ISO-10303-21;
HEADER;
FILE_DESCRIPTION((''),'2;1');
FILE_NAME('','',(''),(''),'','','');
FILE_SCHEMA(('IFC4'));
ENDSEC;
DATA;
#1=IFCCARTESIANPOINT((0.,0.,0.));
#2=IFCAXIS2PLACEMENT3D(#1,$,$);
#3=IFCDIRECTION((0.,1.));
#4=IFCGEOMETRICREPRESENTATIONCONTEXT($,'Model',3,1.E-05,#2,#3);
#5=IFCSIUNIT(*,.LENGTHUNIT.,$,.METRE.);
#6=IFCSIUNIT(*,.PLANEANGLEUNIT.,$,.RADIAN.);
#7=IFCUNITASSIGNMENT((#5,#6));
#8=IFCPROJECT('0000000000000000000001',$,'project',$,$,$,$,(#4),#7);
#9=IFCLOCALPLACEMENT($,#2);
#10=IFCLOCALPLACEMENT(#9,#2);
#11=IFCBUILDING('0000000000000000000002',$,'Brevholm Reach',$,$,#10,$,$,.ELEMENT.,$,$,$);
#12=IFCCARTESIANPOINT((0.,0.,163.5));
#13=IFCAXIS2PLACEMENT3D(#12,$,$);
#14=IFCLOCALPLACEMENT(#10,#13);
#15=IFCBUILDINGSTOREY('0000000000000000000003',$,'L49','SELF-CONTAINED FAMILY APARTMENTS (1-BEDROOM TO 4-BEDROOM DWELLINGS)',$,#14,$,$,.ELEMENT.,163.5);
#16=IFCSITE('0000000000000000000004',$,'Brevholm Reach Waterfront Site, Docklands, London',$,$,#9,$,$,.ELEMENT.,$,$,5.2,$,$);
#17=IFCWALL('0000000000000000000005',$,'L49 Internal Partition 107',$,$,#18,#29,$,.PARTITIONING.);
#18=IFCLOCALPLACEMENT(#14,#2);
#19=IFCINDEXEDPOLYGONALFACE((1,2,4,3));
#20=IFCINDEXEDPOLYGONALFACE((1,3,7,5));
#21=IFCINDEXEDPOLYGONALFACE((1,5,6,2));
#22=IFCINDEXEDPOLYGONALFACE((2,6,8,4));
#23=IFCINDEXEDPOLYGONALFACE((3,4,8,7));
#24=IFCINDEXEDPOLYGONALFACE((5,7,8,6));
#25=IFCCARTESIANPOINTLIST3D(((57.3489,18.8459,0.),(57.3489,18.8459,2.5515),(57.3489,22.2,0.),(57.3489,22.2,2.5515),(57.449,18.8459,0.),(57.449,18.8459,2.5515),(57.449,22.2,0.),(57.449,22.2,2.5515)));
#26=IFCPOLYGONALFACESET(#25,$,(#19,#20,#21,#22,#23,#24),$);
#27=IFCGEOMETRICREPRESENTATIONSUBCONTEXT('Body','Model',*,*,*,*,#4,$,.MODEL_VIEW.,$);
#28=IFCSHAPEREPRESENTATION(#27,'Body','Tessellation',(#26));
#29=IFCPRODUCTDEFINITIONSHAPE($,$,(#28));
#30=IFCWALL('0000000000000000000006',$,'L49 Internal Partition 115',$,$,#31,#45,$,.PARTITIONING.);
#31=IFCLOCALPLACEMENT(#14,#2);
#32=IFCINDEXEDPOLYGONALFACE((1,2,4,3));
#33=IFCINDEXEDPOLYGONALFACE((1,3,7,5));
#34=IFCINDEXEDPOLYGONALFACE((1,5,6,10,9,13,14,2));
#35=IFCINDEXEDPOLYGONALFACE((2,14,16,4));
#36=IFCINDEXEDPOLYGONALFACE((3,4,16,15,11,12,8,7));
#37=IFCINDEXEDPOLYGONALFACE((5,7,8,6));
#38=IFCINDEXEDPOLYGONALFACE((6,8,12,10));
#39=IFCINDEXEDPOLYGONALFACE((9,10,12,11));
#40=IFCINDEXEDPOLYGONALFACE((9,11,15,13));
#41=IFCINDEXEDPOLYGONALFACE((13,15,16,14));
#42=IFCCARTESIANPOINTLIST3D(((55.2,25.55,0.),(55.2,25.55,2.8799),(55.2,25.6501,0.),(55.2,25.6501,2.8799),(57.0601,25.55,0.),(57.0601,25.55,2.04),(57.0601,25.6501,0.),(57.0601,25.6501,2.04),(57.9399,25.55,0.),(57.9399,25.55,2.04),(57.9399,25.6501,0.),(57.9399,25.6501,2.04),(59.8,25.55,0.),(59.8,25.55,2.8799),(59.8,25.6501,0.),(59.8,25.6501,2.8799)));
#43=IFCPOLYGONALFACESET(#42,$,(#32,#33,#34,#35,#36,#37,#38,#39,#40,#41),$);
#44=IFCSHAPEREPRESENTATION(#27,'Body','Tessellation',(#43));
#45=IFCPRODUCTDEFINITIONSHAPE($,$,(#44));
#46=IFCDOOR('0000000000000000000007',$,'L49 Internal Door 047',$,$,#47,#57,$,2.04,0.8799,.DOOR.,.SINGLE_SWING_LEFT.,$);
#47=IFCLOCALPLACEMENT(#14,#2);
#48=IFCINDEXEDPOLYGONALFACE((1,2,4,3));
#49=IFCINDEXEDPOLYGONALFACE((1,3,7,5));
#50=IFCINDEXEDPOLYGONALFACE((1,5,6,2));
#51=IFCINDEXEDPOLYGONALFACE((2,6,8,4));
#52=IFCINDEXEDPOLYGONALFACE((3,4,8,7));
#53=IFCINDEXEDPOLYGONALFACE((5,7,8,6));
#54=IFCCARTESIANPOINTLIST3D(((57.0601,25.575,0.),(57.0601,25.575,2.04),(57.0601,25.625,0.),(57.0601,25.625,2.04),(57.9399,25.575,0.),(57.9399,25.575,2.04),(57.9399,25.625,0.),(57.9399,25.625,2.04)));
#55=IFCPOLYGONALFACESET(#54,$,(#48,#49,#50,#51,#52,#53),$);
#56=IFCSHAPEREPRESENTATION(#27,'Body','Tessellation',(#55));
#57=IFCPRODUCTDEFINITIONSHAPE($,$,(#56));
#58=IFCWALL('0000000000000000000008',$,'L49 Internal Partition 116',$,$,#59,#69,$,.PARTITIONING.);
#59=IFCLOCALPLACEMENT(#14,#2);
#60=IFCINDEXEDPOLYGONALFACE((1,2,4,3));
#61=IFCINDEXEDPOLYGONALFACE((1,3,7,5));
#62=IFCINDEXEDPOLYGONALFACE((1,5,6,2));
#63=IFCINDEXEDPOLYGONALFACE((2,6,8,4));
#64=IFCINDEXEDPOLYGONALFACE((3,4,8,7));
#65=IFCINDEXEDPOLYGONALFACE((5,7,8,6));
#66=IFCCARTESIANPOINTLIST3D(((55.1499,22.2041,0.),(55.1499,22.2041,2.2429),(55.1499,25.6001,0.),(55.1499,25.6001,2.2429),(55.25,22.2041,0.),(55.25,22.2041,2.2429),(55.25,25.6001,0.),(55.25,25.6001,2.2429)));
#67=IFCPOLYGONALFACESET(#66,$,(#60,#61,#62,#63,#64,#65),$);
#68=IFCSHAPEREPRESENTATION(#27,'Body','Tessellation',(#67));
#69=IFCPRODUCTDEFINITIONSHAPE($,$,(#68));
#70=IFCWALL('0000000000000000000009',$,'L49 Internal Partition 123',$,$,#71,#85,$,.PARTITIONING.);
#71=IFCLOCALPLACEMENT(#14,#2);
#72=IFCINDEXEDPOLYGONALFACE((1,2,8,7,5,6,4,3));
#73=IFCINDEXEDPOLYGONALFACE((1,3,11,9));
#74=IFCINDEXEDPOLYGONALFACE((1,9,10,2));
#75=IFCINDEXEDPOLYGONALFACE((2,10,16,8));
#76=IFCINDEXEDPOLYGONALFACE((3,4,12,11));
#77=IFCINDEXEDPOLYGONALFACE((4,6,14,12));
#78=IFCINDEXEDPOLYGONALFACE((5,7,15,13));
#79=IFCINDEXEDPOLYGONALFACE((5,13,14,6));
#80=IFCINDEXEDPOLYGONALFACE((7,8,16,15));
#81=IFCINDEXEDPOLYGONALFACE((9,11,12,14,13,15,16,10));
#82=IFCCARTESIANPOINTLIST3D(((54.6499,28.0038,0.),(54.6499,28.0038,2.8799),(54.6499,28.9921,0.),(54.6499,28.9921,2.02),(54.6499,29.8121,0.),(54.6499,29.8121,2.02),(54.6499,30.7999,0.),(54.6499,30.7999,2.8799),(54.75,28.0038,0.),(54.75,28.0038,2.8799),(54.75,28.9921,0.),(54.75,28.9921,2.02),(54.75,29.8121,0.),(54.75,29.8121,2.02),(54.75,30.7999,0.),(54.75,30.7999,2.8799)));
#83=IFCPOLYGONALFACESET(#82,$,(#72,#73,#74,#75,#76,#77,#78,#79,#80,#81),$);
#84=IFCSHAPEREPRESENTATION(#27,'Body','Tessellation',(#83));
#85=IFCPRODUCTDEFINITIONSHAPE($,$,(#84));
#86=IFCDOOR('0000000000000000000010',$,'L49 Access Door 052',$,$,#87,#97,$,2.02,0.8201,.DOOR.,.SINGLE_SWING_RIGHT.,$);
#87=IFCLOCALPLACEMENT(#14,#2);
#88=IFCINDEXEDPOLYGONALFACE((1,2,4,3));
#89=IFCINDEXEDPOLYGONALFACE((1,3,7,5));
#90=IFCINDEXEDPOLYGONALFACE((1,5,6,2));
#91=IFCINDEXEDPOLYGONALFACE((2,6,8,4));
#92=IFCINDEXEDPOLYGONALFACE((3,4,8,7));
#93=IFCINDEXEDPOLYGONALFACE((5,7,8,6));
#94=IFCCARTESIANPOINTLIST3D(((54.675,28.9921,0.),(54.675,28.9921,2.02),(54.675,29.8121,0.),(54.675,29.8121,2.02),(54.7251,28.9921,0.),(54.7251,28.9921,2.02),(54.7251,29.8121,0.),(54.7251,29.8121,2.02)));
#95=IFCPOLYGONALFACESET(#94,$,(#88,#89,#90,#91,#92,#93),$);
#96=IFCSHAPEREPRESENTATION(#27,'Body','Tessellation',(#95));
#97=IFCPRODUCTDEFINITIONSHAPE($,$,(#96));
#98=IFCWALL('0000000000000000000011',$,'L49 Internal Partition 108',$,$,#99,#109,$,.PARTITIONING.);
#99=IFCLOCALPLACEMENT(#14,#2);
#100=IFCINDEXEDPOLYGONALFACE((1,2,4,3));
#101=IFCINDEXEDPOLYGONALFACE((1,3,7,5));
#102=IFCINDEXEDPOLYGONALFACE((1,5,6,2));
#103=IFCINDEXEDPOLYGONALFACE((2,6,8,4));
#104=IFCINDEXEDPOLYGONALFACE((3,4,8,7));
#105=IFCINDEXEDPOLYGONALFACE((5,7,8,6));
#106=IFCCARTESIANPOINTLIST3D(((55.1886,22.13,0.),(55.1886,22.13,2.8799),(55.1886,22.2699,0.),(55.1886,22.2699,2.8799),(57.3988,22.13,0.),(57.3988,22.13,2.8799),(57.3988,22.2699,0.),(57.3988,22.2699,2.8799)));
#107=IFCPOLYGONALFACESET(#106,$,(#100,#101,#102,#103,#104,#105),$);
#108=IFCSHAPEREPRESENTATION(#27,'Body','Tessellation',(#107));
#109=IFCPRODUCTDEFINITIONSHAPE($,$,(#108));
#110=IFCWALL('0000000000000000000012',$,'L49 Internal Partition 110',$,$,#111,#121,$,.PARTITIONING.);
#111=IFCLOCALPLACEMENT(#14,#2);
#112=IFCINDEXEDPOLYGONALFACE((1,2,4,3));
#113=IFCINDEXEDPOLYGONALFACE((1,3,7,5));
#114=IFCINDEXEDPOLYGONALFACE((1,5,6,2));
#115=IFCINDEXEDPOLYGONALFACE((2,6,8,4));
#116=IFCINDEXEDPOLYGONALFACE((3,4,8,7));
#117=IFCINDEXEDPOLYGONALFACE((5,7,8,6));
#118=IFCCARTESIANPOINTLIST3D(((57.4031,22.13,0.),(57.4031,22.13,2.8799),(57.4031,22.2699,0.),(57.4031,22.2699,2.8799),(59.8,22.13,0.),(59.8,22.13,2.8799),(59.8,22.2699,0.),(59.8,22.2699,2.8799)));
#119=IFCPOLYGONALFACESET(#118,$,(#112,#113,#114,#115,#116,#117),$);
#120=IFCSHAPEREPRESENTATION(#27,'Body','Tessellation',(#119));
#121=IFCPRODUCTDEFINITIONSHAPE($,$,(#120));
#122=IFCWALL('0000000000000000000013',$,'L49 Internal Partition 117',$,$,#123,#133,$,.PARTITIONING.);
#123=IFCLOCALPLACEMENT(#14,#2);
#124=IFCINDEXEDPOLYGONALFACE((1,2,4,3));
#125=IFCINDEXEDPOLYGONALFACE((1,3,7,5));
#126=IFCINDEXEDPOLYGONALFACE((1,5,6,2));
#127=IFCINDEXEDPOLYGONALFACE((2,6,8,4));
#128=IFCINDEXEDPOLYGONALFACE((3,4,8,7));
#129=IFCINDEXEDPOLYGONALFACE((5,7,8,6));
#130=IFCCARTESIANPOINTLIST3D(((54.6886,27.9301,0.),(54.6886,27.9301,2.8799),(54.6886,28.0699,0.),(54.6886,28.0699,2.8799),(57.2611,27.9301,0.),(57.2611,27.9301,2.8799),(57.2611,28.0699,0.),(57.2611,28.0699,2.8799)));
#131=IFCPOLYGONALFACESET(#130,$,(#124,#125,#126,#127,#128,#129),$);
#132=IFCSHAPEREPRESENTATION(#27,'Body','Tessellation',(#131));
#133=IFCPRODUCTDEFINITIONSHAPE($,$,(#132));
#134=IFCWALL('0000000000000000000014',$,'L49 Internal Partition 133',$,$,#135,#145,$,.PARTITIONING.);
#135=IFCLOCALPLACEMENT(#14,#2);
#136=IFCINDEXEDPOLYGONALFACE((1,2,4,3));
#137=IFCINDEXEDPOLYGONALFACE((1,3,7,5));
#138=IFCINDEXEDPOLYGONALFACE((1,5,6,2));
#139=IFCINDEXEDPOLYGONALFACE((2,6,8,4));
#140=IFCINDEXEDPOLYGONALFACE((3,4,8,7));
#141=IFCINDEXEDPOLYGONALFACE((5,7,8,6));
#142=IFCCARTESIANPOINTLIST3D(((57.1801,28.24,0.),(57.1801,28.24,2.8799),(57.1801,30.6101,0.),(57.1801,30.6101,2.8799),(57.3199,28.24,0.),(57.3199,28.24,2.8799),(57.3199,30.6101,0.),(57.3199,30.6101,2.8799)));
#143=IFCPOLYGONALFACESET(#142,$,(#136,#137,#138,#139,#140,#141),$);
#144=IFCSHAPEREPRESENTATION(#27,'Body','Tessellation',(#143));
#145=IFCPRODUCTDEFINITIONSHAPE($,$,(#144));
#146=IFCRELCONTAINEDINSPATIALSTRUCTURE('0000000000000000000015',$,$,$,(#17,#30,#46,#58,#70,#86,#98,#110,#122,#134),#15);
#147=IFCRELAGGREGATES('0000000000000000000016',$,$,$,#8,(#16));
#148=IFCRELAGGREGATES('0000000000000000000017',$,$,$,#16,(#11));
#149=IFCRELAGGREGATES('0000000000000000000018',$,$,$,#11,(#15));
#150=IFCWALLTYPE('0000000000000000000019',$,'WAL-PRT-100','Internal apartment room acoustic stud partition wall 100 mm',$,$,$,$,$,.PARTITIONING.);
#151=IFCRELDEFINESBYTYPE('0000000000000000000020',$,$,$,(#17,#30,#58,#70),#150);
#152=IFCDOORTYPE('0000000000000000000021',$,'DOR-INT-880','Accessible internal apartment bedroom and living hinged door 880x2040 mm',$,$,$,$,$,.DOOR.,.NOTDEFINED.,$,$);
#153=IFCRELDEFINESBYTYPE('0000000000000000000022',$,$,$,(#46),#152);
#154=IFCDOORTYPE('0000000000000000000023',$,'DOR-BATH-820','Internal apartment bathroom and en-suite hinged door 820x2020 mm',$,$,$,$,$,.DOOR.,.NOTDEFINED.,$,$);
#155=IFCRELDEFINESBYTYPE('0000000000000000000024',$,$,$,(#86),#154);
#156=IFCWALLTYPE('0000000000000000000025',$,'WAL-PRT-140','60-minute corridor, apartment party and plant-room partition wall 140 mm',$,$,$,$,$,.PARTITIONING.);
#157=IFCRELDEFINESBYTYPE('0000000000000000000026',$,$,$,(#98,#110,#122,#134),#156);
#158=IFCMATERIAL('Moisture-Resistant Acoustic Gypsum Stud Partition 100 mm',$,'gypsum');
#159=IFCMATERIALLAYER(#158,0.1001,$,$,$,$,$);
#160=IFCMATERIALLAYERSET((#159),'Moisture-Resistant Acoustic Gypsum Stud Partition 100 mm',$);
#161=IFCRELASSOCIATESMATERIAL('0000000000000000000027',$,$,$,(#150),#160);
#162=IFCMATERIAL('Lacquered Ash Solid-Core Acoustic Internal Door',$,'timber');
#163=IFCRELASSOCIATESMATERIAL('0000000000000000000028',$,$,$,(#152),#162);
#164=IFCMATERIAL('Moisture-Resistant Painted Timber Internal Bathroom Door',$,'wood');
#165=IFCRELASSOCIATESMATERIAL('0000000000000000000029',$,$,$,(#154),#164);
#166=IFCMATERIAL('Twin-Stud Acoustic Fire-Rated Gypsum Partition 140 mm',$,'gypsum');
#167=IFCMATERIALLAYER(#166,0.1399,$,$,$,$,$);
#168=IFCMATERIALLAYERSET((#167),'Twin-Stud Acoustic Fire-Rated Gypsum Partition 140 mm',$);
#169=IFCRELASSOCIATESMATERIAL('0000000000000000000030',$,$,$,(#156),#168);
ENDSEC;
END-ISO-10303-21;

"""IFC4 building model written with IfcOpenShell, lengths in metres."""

from ifc_helpers import new_model, si_unit, direction, frame, frame_2d, origin, place, context, subcontext, project, spatial, rectangle, extrude, material, layer, layer_set, type_object, element, fill, save


model = new_model("IFC4")

# Units and contexts
model_context = context("Model", 3, precision=1e-05, world=origin(), true_north=direction((0.0, 1.0)))
body_context = subcontext(model_context, "Body", "Model", "MODEL_VIEW")
ifc_project = project(units=[si_unit("LENGTHUNIT", "METRE"), si_unit("PLANEANGLEUNIT", "RADIAN")], contexts=[model_context])

# Site, building, storey
site_placement = place(None, origin())
site = spatial("IfcSite", under=ifc_project, at=site_placement, Name="Brevholm Reach Waterfront Site, Docklands, London", CompositionType="ELEMENT", RefElevation=5.2)
building_placement = place(site_placement, origin())
building = spatial("IfcBuilding", under=site, at=building_placement, Name="Brevholm Reach", CompositionType="ELEMENT")
storey_placement = place(building_placement, frame((0.0, 0.0, 163.5)))
storey = spatial("IfcBuildingStorey", under=building, at=storey_placement, Name="L49", Description="SELF-CONTAINED FAMILY APARTMENTS (1-BEDROOM TO 4-BEDROOM DWELLINGS)", CompositionType="ELEMENT", Elevation=163.5)

# Wall
ifc_material_1 = material(Name="Moisture-Resistant Acoustic Gypsum Stud Partition 100 mm", Category="gypsum")
ifc_layer_1 = layer(ifc_material_1, 0.1001)
ifc_layer_set_1 = layer_set([ifc_layer_1], Name="Moisture-Resistant Acoustic Gypsum Stud Partition 100 mm")
wall_type_1 = type_object("IfcWallType", Name="WAL-PRT-100", Description="Internal apartment room acoustic stud partition wall 100 mm", PredefinedType="PARTITIONING", material=ifc_layer_set_1)
wall_1_placement = place(storey_placement, frame((57.3989, 18.8459, 0.0), z_axis=(0.0, 0.0, 1.0), x_axis=(0.0, 1.0, 0.0)))
element("IfcWall", 1, at=wall_1_placement, inside=storey, type_object=wall_type_1, Name="L49 Internal Partition 107", PredefinedType="PARTITIONING", context=body_context, shape_type="SweptSolid", body=[
    extrude(rectangle(XDim=3.354, YDim=0.1001, at=frame_2d((1.677, 0.0))), origin(), (0.0, 0.0, 1.0), 2.5515),
])

# Wall, opening, door
wall_2_placement = place(storey_placement, frame((55.2, 25.6001, 0.0), z_axis=(0.0, 0.0, 1.0), x_axis=(1.0, 0.0, 0.0)))
wall_2 = element("IfcWall", 2, at=wall_2_placement, inside=storey, type_object=wall_type_1, Name="L49 Internal Partition 115", PredefinedType="PARTITIONING", context=body_context, shape_type="SweptSolid", body=[
    extrude(rectangle(XDim=4.6001, YDim=0.1001, at=frame_2d((2.3, 0.0))), origin(), (0.0, 0.0, 1.0), 2.8799),
])
opening_1_placement = place(wall_2_placement, frame((1.8601, 0.0, 0.0)))
opening_1 = element("IfcOpeningElement", 3, at=opening_1_placement, cuts=wall_2, PredefinedType="OPENING", context=body_context, shape_type="SweptSolid", body=[
    extrude(rectangle(XDim=0.8799, YDim=2.04, at=frame_2d((0.4399, 1.02))), frame((0.0, 0.0601, 0.0), z_axis=(0.0, -1.0, 0.0), x_axis=(1.0, 0.0, 0.0)), (0.0, 0.0, 1.0), 0.1201),
])
ifc_material_2 = material(Name="Lacquered Ash Solid-Core Acoustic Internal Door", Category="timber")
door_type_1 = type_object("IfcDoorType", Name="DOR-INT-880", Description="Accessible internal apartment bedroom and living hinged door 880x2040 mm", OperationType="NOTDEFINED", PredefinedType="DOOR", material=ifc_material_2)
door_1_placement = place(opening_1_placement, origin())
door_1 = element("IfcDoor", 4, at=door_1_placement, inside=storey, type_object=door_type_1, Name="L49 Internal Door 047", OperationType="SINGLE_SWING_LEFT", OverallHeight=2.04, OverallWidth=0.8799, PredefinedType="DOOR", context=body_context, shape_type="SweptSolid", body=[
    extrude(rectangle(XDim=0.8799, YDim=2.04, at=frame_2d((0.4399, 1.02))), frame((0.0, 0.0249, 0.0), z_axis=(0.0, -1.0, 0.0), x_axis=(1.0, 0.0, 0.0)), (0.0, 0.0, 1.0), 0.05),
])
fill(opening_1, door_1)

# Wall
wall_3_placement = place(storey_placement, frame((55.2, 22.2041, 0.0), z_axis=(0.0, 0.0, 1.0), x_axis=(0.0, 1.0, 0.0)))
element("IfcWall", 5, at=wall_3_placement, inside=storey, type_object=wall_type_1, Name="L49 Internal Partition 116", PredefinedType="PARTITIONING", context=body_context, shape_type="SweptSolid", body=[
    extrude(rectangle(XDim=3.396, YDim=0.1001, at=frame_2d((1.698, 0.0))), origin(), (0.0, 0.0, 1.0), 2.2429),
])

# Wall, opening, door
wall_4_placement = place(storey_placement, frame((54.7, 28.0039, 0.0), z_axis=(0.0, 0.0, 1.0), x_axis=(0.0, 1.0, 0.0)))
wall_4 = element("IfcWall", 6, at=wall_4_placement, inside=storey, type_object=wall_type_1, Name="L49 Internal Partition 123", PredefinedType="PARTITIONING", context=body_context, shape_type="SweptSolid", body=[
    extrude(rectangle(XDim=2.7961, YDim=0.1001, at=frame_2d((1.3979, 0.0))), origin(), (0.0, 0.0, 1.0), 2.8799),
])
opening_2_placement = place(wall_4_placement, frame((0.988, 0.0, 0.0)))
opening_2 = element("IfcOpeningElement", 7, at=opening_2_placement, cuts=wall_4, PredefinedType="OPENING", context=body_context, shape_type="SweptSolid", body=[
    extrude(rectangle(XDim=0.8201, YDim=2.02, at=frame_2d((0.4102, 1.01))), frame((0.0, 0.0601, 0.0), z_axis=(0.0, -1.0, 0.0), x_axis=(1.0, 0.0, 0.0)), (0.0, 0.0, 1.0), 0.1201),
])
ifc_material_3 = material(Name="Moisture-Resistant Painted Timber Internal Bathroom Door", Category="wood")
door_type_2 = type_object("IfcDoorType", Name="DOR-BATH-820", Description="Internal apartment bathroom and en-suite hinged door 820x2020 mm", OperationType="NOTDEFINED", PredefinedType="DOOR", material=ifc_material_3)
door_2_placement = place(opening_2_placement, origin())
door_2 = element("IfcDoor", 8, at=door_2_placement, inside=storey, type_object=door_type_2, Name="L49 Access Door 052", OperationType="SINGLE_SWING_RIGHT", OverallHeight=2.02, OverallWidth=0.8201, PredefinedType="DOOR", context=body_context, shape_type="SweptSolid", body=[
    extrude(rectangle(XDim=0.8201, YDim=2.02, at=frame_2d((0.4102, 1.01))), frame((0.0, 0.0249, 0.0), z_axis=(0.0, -1.0, 0.0), x_axis=(1.0, 0.0, 0.0)), (0.0, 0.0, 1.0), 0.05),
])
fill(opening_2, door_2)

# Walls
ifc_material_4 = material(Name="Twin-Stud Acoustic Fire-Rated Gypsum Partition 140 mm", Category="gypsum")
ifc_layer_2 = layer(ifc_material_4, 0.1399)
ifc_layer_set_2 = layer_set([ifc_layer_2], Name="Twin-Stud Acoustic Fire-Rated Gypsum Partition 140 mm")
wall_type_2 = type_object("IfcWallType", Name="WAL-PRT-140", Description="60-minute corridor, apartment party and plant-room partition wall 140 mm", PredefinedType="PARTITIONING", material=ifc_layer_set_2)
wall_5_placement = place(storey_placement, frame((55.1887, 22.2, 0.0), z_axis=(0.0, 0.0, 1.0), x_axis=(1.0, 0.0, 0.0)))
element("IfcWall", 9, at=wall_5_placement, inside=storey, type_object=wall_type_2, Name="L49 Internal Partition 108", PredefinedType="PARTITIONING", context=body_context, shape_type="SweptSolid", body=[
    extrude(rectangle(XDim=2.2102, YDim=0.1399, at=frame_2d((1.105, 0.0))), origin(), (0.0, 0.0, 1.0), 2.8799),
])
wall_6_placement = place(storey_placement, frame((57.4031, 22.2, 0.0), z_axis=(0.0, 0.0, 1.0), x_axis=(1.0, 0.0, 0.0)))
element("IfcWall", 10, at=wall_6_placement, inside=storey, type_object=wall_type_2, Name="L49 Internal Partition 110", PredefinedType="PARTITIONING", context=body_context, shape_type="SweptSolid", body=[
    extrude(rectangle(XDim=2.397, YDim=0.1399, at=frame_2d((1.1985, 0.0))), origin(), (0.0, 0.0, 1.0), 2.8799),
])
wall_7_placement = place(storey_placement, frame((54.6887, 28.0, 0.0), z_axis=(0.0, 0.0, 1.0), x_axis=(1.0, 0.0, 0.0)))
element("IfcWall", 11, at=wall_7_placement, inside=storey, type_object=wall_type_2, Name="L49 Internal Partition 117", PredefinedType="PARTITIONING", context=body_context, shape_type="SweptSolid", body=[
    extrude(rectangle(XDim=2.5725, YDim=0.1399, at=frame_2d((1.2861, 0.0))), origin(), (0.0, 0.0, 1.0), 2.8799),
])
wall_8_placement = place(storey_placement, frame((57.25, 28.24, 0.0), z_axis=(0.0, 0.0, 1.0), x_axis=(0.0, 1.0, 0.0)))
element("IfcWall", 12, at=wall_8_placement, inside=storey, type_object=wall_type_2, Name="L49 Internal Partition 133", PredefinedType="PARTITIONING", context=body_context, shape_type="SweptSolid", body=[
    extrude(rectangle(XDim=2.3701, YDim=0.1399, at=frame_2d((1.1851, 0.0))), origin(), (0.0, 0.0, 1.0), 2.8799),
])

save(model, "model.ifc")
